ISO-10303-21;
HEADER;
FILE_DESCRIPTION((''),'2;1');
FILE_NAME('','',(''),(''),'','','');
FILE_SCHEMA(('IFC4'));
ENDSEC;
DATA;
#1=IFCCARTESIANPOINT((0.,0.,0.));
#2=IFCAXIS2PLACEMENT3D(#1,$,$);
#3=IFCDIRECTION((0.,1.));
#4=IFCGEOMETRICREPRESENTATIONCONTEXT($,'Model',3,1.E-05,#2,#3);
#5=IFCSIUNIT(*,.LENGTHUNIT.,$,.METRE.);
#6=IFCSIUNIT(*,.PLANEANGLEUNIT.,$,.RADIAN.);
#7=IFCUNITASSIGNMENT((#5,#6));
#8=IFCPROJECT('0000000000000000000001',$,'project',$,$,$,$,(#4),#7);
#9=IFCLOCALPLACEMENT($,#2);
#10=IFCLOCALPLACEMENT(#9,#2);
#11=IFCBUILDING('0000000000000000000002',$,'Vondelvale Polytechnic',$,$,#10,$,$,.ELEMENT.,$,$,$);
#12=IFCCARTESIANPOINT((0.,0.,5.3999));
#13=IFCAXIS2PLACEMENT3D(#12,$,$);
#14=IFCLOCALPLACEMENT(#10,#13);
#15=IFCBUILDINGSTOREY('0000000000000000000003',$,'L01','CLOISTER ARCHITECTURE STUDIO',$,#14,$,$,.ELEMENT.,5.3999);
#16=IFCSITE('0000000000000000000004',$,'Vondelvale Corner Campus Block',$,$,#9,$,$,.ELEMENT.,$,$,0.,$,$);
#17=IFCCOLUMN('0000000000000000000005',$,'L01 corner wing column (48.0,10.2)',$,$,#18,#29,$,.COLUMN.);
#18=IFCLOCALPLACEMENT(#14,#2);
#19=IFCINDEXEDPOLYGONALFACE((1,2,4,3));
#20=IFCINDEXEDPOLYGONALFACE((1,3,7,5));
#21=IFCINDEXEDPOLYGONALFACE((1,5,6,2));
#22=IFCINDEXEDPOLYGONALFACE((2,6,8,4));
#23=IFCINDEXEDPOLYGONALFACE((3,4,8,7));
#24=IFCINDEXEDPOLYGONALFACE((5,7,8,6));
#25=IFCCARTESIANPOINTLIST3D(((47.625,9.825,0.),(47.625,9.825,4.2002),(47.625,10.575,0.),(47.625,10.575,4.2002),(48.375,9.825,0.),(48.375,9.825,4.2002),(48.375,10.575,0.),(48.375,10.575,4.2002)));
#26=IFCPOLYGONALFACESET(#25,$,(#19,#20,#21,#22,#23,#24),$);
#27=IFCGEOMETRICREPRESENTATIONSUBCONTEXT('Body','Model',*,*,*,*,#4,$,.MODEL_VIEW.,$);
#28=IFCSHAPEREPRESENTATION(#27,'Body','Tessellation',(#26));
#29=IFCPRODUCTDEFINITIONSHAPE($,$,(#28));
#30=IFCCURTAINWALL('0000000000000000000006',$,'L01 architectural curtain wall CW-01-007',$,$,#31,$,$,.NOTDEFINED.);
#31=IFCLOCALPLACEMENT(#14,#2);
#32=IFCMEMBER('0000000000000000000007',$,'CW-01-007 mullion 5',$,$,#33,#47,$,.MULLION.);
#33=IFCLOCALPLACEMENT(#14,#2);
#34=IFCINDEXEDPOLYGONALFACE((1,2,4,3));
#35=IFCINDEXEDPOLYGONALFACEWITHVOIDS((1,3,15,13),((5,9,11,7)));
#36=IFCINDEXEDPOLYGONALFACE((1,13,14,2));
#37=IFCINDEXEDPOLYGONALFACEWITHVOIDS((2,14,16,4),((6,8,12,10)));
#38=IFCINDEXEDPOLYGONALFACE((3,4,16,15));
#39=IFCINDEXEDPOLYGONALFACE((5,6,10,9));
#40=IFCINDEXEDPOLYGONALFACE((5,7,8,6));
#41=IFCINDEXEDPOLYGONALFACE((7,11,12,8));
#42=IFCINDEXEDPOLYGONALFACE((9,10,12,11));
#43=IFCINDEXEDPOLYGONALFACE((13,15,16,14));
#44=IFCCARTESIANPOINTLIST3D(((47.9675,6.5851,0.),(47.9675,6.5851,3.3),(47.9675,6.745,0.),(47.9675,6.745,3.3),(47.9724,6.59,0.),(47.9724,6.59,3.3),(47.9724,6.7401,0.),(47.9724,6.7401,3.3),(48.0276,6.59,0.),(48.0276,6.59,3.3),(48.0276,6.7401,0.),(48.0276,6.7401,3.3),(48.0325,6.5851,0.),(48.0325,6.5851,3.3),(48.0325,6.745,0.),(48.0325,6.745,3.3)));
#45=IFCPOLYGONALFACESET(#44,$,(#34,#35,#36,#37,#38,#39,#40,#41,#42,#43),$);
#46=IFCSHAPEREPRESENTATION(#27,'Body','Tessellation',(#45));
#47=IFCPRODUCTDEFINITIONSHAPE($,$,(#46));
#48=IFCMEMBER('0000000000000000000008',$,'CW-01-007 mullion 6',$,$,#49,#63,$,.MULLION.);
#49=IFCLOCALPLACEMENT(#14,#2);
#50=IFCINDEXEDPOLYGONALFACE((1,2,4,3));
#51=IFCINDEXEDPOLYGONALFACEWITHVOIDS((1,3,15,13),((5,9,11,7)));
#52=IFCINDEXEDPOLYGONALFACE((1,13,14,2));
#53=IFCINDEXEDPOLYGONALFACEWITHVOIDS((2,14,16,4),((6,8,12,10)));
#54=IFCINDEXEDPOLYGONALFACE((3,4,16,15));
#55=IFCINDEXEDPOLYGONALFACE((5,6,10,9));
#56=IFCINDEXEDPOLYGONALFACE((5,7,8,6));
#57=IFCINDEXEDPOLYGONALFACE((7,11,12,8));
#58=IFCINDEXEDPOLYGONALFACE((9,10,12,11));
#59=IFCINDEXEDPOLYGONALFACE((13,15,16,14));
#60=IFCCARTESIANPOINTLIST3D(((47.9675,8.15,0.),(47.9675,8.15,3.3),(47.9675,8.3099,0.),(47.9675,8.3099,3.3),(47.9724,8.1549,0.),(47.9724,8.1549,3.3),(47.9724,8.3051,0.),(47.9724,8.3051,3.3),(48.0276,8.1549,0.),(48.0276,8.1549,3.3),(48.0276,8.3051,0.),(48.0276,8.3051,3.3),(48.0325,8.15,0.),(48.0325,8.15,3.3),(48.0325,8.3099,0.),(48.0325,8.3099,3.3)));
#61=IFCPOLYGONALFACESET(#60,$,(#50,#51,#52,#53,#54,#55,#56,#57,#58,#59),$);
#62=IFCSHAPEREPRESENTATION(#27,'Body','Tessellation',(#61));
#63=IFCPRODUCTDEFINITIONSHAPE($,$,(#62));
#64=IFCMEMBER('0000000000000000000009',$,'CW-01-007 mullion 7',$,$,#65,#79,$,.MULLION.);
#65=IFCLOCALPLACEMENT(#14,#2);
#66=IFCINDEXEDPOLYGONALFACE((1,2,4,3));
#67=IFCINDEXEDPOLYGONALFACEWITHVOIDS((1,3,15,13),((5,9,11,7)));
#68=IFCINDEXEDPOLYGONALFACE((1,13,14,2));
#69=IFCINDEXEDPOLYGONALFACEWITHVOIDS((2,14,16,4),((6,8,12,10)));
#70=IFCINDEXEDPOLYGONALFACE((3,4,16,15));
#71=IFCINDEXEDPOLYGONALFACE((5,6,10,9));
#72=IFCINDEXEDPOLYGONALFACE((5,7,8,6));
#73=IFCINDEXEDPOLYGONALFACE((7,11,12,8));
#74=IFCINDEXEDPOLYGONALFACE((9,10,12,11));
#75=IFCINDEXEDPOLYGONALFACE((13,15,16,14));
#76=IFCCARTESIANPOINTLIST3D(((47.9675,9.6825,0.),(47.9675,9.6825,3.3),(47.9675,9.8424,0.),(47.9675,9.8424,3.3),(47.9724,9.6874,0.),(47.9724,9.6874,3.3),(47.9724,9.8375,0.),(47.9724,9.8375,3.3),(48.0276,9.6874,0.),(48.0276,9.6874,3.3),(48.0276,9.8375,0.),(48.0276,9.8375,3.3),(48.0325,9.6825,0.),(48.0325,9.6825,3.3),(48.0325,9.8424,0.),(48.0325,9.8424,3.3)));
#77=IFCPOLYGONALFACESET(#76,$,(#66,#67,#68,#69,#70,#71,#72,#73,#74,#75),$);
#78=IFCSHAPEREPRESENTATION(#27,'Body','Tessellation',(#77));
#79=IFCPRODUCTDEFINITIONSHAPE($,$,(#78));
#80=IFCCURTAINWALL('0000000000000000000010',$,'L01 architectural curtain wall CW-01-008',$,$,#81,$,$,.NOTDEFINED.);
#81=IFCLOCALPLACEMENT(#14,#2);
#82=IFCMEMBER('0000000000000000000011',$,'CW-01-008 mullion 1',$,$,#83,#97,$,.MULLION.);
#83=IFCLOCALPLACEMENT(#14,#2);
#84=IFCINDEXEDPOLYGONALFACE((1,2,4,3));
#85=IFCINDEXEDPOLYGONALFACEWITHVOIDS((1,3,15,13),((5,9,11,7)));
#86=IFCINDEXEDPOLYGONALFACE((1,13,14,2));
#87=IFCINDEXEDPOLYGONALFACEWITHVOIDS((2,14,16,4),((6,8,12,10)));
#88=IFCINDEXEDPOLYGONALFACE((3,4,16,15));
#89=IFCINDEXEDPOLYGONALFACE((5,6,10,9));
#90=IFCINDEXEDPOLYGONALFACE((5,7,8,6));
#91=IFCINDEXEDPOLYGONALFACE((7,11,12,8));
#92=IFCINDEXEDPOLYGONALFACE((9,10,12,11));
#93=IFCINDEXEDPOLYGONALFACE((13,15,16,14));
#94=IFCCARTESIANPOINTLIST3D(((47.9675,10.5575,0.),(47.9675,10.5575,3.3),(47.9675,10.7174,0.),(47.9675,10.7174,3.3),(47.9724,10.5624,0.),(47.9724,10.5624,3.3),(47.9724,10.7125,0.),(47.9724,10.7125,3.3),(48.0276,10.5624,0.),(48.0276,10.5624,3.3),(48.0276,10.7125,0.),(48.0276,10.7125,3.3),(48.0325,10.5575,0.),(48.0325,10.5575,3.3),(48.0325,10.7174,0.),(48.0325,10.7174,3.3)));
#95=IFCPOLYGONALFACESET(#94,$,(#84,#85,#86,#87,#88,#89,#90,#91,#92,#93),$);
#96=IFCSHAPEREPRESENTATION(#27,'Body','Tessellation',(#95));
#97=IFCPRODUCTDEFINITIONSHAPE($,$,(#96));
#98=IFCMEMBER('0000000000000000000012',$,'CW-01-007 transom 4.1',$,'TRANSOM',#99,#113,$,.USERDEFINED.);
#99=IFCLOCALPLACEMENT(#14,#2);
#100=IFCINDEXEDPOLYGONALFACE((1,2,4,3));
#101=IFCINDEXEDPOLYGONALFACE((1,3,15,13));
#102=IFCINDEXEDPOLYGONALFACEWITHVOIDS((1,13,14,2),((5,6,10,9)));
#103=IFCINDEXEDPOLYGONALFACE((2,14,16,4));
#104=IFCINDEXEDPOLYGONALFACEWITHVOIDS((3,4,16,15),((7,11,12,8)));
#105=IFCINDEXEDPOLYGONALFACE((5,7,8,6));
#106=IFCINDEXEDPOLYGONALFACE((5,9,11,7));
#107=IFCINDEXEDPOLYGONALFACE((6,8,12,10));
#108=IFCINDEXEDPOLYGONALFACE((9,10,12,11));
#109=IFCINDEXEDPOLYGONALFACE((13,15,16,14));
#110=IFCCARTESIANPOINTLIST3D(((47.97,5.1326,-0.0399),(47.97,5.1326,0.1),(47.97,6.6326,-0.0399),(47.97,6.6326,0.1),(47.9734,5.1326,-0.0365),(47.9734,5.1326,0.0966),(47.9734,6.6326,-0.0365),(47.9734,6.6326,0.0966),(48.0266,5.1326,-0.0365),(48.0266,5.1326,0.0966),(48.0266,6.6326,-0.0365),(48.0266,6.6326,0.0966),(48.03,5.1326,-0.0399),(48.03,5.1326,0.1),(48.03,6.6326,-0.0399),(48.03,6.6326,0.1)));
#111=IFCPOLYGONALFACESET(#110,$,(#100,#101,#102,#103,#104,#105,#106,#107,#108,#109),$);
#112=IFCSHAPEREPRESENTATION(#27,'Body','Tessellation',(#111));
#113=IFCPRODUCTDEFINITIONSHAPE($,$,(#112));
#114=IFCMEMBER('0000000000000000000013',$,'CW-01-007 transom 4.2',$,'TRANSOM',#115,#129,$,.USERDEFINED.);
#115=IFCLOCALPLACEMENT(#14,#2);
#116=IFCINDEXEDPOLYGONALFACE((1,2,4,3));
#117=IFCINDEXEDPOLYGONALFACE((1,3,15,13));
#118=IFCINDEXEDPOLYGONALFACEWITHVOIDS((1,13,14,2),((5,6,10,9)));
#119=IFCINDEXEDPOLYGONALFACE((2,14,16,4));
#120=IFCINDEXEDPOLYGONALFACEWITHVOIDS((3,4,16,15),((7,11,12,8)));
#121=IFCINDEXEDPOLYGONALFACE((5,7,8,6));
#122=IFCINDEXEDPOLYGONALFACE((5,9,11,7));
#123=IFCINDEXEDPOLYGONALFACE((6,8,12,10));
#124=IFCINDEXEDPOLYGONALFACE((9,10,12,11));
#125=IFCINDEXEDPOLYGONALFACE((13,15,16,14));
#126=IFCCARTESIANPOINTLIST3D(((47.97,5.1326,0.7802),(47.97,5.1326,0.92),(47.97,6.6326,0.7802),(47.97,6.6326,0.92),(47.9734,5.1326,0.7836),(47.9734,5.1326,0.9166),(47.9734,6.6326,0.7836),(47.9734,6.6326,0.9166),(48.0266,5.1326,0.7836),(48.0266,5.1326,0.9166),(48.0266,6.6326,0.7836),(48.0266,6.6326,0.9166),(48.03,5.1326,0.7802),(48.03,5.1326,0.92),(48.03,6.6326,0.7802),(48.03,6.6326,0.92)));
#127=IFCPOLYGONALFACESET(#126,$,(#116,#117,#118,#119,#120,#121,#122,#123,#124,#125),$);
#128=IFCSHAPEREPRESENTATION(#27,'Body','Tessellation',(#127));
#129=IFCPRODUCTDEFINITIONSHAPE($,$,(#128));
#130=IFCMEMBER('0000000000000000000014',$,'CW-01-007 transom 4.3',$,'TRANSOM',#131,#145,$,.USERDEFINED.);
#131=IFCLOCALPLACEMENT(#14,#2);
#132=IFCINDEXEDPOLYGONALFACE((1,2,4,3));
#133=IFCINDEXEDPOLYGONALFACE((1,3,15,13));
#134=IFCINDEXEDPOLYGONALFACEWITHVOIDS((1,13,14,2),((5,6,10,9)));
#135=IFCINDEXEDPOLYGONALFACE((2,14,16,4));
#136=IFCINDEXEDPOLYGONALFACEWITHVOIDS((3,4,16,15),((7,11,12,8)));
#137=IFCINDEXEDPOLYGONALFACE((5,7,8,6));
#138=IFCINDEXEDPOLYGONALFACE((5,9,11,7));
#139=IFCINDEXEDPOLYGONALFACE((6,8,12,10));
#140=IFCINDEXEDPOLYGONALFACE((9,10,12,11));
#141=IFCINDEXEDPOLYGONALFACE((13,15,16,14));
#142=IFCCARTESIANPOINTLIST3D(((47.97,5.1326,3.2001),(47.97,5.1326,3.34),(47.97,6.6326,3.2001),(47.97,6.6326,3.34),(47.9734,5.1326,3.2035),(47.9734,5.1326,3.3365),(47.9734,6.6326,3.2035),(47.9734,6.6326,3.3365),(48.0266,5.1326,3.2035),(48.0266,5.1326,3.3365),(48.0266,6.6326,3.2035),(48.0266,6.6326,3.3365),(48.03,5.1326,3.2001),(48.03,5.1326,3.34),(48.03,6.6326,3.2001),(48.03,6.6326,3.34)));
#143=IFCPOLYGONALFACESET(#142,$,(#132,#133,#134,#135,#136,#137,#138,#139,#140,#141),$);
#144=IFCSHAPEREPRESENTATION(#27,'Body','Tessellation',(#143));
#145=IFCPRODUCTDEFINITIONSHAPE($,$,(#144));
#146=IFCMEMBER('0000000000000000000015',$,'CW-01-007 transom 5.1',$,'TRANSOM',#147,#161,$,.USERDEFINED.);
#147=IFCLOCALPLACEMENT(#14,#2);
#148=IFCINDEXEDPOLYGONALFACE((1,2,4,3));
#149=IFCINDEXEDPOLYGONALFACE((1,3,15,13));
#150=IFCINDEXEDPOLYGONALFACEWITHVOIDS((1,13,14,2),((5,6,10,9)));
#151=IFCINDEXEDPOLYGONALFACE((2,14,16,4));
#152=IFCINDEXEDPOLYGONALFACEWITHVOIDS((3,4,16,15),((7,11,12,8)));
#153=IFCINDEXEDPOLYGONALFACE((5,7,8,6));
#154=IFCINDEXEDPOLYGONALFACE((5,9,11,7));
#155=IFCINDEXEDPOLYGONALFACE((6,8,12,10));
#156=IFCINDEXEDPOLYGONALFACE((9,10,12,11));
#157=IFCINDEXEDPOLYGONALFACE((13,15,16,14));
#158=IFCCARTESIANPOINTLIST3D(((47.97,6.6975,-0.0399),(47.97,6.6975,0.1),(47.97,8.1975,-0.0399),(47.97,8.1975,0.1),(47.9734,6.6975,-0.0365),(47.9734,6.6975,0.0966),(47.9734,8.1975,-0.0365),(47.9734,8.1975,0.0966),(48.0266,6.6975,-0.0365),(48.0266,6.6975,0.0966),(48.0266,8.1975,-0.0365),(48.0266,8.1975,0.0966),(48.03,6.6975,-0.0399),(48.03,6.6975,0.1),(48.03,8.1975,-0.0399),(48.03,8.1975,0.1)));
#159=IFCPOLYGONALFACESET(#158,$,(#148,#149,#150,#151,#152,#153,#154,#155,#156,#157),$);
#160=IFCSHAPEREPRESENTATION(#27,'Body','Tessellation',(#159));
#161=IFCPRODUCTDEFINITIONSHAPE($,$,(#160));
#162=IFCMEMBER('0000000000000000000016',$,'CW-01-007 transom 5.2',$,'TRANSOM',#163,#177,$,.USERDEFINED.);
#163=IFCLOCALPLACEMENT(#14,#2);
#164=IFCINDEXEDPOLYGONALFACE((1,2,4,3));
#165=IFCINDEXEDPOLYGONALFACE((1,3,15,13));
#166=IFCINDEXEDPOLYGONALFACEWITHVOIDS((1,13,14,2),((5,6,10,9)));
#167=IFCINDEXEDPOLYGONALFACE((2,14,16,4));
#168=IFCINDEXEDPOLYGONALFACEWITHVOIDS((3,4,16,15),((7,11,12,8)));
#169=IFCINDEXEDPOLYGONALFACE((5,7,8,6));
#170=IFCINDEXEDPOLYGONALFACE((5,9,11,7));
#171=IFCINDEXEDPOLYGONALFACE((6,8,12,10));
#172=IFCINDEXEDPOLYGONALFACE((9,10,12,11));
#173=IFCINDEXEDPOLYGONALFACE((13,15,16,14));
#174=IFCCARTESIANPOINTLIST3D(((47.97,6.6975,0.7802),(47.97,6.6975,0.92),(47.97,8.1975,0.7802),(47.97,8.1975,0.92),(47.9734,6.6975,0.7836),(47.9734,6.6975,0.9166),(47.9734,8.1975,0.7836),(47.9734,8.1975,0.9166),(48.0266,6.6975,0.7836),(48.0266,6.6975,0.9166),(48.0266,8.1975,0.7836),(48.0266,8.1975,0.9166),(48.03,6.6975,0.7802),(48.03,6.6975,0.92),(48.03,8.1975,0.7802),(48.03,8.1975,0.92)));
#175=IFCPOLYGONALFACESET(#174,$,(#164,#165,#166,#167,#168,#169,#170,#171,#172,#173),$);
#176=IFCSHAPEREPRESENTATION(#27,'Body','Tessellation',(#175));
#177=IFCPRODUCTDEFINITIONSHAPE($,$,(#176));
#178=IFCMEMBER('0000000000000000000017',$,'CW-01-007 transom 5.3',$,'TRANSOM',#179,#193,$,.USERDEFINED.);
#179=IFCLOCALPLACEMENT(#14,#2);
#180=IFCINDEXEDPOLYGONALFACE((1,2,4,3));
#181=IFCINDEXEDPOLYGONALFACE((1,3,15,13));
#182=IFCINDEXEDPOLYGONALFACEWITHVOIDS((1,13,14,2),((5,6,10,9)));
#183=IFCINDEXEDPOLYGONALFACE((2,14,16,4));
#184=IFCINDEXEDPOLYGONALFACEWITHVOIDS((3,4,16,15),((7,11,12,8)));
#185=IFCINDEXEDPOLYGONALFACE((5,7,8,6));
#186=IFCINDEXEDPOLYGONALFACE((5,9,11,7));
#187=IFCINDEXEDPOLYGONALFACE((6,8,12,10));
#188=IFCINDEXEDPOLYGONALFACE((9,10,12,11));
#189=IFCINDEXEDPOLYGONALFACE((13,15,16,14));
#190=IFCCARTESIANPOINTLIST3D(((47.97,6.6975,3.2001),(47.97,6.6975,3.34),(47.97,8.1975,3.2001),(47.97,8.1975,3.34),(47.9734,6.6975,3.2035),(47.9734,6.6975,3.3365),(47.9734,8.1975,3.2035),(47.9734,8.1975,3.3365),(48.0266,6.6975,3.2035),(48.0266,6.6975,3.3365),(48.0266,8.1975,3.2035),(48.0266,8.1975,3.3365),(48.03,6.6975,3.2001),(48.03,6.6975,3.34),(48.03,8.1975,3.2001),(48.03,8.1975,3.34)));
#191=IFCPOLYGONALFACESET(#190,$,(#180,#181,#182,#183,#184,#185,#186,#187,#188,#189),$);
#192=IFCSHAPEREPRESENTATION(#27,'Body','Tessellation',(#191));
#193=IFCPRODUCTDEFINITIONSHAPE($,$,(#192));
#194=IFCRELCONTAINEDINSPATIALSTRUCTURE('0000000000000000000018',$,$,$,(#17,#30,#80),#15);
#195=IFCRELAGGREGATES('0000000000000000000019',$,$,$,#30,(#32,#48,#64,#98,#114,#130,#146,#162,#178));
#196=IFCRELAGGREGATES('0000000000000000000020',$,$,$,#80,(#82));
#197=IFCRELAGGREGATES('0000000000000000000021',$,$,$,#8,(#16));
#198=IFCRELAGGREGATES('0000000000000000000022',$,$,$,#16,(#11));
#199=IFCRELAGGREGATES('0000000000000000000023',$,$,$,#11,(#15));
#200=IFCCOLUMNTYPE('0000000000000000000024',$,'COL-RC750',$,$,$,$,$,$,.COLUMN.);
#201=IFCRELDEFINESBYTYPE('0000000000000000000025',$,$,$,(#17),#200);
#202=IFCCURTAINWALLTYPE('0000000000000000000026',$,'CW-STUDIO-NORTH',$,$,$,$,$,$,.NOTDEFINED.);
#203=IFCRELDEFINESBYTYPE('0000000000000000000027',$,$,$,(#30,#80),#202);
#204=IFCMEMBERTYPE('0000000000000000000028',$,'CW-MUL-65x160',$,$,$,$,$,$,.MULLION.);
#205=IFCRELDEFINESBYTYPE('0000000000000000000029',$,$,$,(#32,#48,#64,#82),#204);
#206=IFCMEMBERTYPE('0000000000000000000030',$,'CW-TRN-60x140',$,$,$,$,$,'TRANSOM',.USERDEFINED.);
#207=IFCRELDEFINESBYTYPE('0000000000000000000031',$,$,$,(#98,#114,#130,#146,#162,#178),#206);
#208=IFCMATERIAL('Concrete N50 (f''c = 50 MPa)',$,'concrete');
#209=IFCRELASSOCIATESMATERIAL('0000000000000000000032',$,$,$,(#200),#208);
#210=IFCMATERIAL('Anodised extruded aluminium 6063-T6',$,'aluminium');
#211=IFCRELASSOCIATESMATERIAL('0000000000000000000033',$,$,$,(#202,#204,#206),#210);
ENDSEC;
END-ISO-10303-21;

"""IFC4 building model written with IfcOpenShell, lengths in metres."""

from ifc_helpers import new_model, si_unit, direction, frame, origin, origin_2d, place, context, subcontext, project, spatial, rectangle, hollow_rectangle, extrude, material, material_profile, profile_set, type_object, element, aggregate, save


model = new_model("IFC4")

# Units and contexts
model_context = context("Model", 3, precision=1e-05, world=origin(), true_north=direction((0.0, 1.0)))
body_context = subcontext(model_context, "Body", "Model", "MODEL_VIEW")
ifc_project = project(units=[si_unit("LENGTHUNIT", "METRE"), si_unit("PLANEANGLEUNIT", "RADIAN")], contexts=[model_context])

# Site, building, storey
site_placement = place(None, origin())
site = spatial("IfcSite", under=ifc_project, at=site_placement, Name="Vondelvale Corner Campus Block", CompositionType="ELEMENT", RefElevation=0.0)
building_placement = place(site_placement, origin())
building = spatial("IfcBuilding", under=site, at=building_placement, Name="Vondelvale Polytechnic", CompositionType="ELEMENT")
storey_placement = place(building_placement, frame((0.0, 0.0, 5.3999)))
storey = spatial("IfcBuildingStorey", under=building, at=storey_placement, Name="L01", Description="CLOISTER ARCHITECTURE STUDIO", CompositionType="ELEMENT", Elevation=5.3999)

# Column
ifc_material_1 = material(Name="Concrete N50 (f'c = 50 MPa)", Category="concrete")
ifc_material_profile_1 = material_profile(ifc_material_1, rectangle(XDim=0.75, YDim=0.75, at=origin_2d()), Name="RC-COL-750x750")
ifc_profile_set_1 = profile_set([ifc_material_profile_1], Name="Concrete N50 (f'c = 50 MPa)")
column_type = type_object("IfcColumnType", Name="COL-RC750", PredefinedType="COLUMN", material=ifc_profile_set_1)
column_placement = place(storey_placement, frame((48.0, 10.2, 0.0), z_axis=(0.0, 0.0, 1.0), x_axis=(1.0, 0.0, 0.0)))
element("IfcColumn", 1, at=column_placement, inside=storey, type_object=column_type, Name="L01 corner wing column (48.0,10.2)", PredefinedType="COLUMN", context=body_context, shape_type="SweptSolid", body=[
    extrude(rectangle(XDim=0.75, YDim=0.75, at=origin_2d()), origin(), (0.0, 0.0, 1.0), 4.2002),
])

# Curtain wall, members
ifc_material_2 = material(Name="Anodised extruded aluminium 6063-T6", Category="aluminium")
curtain_wall_type = type_object("IfcCurtainWallType", Name="CW-STUDIO-NORTH", PredefinedType="NOTDEFINED", material=ifc_material_2)
curtain_wall_1_placement = place(storey_placement, origin())
curtain_wall_1 = element("IfcCurtainWall", 2, at=curtain_wall_1_placement, inside=storey, type_object=curtain_wall_type, Name="L01 architectural curtain wall CW-01-007", PredefinedType="NOTDEFINED")
ifc_material_profile_2 = material_profile(ifc_material_2, hollow_rectangle(XDim=0.0649, YDim=0.1599, WallThickness=0.0049, at=origin_2d()), Name="CW-MUL-160x65")
ifc_profile_set_2 = profile_set([ifc_material_profile_2], Name="Anodised extruded aluminium 6063-T6")
member_type_1 = type_object("IfcMemberType", Name="CW-MUL-65x160", PredefinedType="MULLION", material=ifc_profile_set_2)
member_1_placement = place(storey_placement, frame((48.0, 6.665, 0.0), z_axis=(0.0, 0.0, 1.0), x_axis=(-1.0, 0.0, 0.0)))
member_1 = element("IfcMember", 3, at=member_1_placement, type_object=member_type_1, Name="CW-01-007 mullion 5", PredefinedType="MULLION", context=body_context, shape_type="SweptSolid", body=[
    extrude(hollow_rectangle(XDim=0.0649, YDim=0.1599, WallThickness=0.0049, at=origin_2d()), origin(), (0.0, 0.0, 1.0), 3.3),
])
member_2_placement = place(storey_placement, frame((48.0, 8.23, 0.0), z_axis=(0.0, 0.0, 1.0), x_axis=(-1.0, 0.0, 0.0)))
member_2 = element("IfcMember", 4, at=member_2_placement, type_object=member_type_1, Name="CW-01-007 mullion 6", PredefinedType="MULLION", context=body_context, shape_type="SweptSolid", body=[
    extrude(hollow_rectangle(XDim=0.0649, YDim=0.1599, WallThickness=0.0049, at=origin_2d()), origin(), (0.0, 0.0, 1.0), 3.3),
])
member_3_placement = place(storey_placement, frame((48.0, 9.7625, 0.0), z_axis=(0.0, 0.0, 1.0), x_axis=(-1.0, 0.0, 0.0)))
member_3 = element("IfcMember", 5, at=member_3_placement, type_object=member_type_1, Name="CW-01-007 mullion 7", PredefinedType="MULLION", context=body_context, shape_type="SweptSolid", body=[
    extrude(hollow_rectangle(XDim=0.0649, YDim=0.1599, WallThickness=0.0049, at=origin_2d()), origin(), (0.0, 0.0, 1.0), 3.3),
])

# Curtain wall, member
curtain_wall_2_placement = place(storey_placement, origin())
curtain_wall_2 = element("IfcCurtainWall", 6, at=curtain_wall_2_placement, inside=storey, type_object=curtain_wall_type, Name="L01 architectural curtain wall CW-01-008", PredefinedType="NOTDEFINED")
member_4_placement = place(storey_placement, frame((48.0, 10.6375, 0.0), z_axis=(0.0, 0.0, 1.0), x_axis=(-1.0, 0.0, 0.0)))
member_4 = element("IfcMember", 7, at=member_4_placement, type_object=member_type_1, Name="CW-01-008 mullion 1", PredefinedType="MULLION", context=body_context, shape_type="SweptSolid", body=[
    extrude(hollow_rectangle(XDim=0.0649, YDim=0.1599, WallThickness=0.0049, at=origin_2d()), origin(), (0.0, 0.0, 1.0), 3.3),
])

# Members
ifc_material_profile_3 = material_profile(ifc_material_2, hollow_rectangle(XDim=0.0601, YDim=0.1399, WallThickness=0.0034, at=origin_2d()), Name="CW-TRN-140x60")
ifc_profile_set_3 = profile_set([ifc_material_profile_3], Name="Anodised extruded aluminium 6063-T6")
member_type_2 = type_object("IfcMemberType", Name="CW-TRN-60x140", ElementType="TRANSOM", PredefinedType="USERDEFINED", material=ifc_profile_set_3)
member_5_placement = place(storey_placement, frame((48.0, 5.1326, 0.03), z_axis=(0.0, 1.0, 0.0), x_axis=(-1.0, 0.0, 0.0)))
member_5 = element("IfcMember", 8, at=member_5_placement, type_object=member_type_2, Name="CW-01-007 transom 4.1", ObjectType="TRANSOM", PredefinedType="USERDEFINED", context=body_context, shape_type="SweptSolid", body=[
    extrude(hollow_rectangle(XDim=0.0601, YDim=0.1399, WallThickness=0.0034, at=origin_2d()), origin(), (0.0, 0.0, 1.0), 1.5),
])
member_6_placement = place(storey_placement, frame((48.0, 5.1326, 0.8501), z_axis=(0.0, 1.0, 0.0), x_axis=(-1.0, 0.0, 0.0)))
member_6 = element("IfcMember", 9, at=member_6_placement, type_object=member_type_2, Name="CW-01-007 transom 4.2", ObjectType="TRANSOM", PredefinedType="USERDEFINED", context=body_context, shape_type="SweptSolid", body=[
    extrude(hollow_rectangle(XDim=0.0601, YDim=0.1399, WallThickness=0.0034, at=origin_2d()), origin(), (0.0, 0.0, 1.0), 1.5),
])
member_7_placement = place(storey_placement, frame((48.0, 5.1326, 3.27), z_axis=(0.0, 1.0, 0.0), x_axis=(-1.0, 0.0, 0.0)))
member_7 = element("IfcMember", 10, at=member_7_placement, type_object=member_type_2, Name="CW-01-007 transom 4.3", ObjectType="TRANSOM", PredefinedType="USERDEFINED", context=body_context, shape_type="SweptSolid", body=[
    extrude(hollow_rectangle(XDim=0.0601, YDim=0.1399, WallThickness=0.0034, at=origin_2d()), origin(), (0.0, 0.0, 1.0), 1.5),
])
member_8_placement = place(storey_placement, frame((48.0, 6.6975, 0.03), z_axis=(0.0, 1.0, 0.0), x_axis=(-1.0, 0.0, 0.0)))
member_8 = element("IfcMember", 11, at=member_8_placement, type_object=member_type_2, Name="CW-01-007 transom 5.1", ObjectType="TRANSOM", PredefinedType="USERDEFINED", context=body_context, shape_type="SweptSolid", body=[
    extrude(hollow_rectangle(XDim=0.0601, YDim=0.1399, WallThickness=0.0034, at=origin_2d()), origin(), (0.0, 0.0, 1.0), 1.5),
])
member_9_placement = place(storey_placement, frame((48.0, 6.6975, 0.8501), z_axis=(0.0, 1.0, 0.0), x_axis=(-1.0, 0.0, 0.0)))
member_9 = element("IfcMember", 12, at=member_9_placement, type_object=member_type_2, Name="CW-01-007 transom 5.2", ObjectType="TRANSOM", PredefinedType="USERDEFINED", context=body_context, shape_type="SweptSolid", body=[
    extrude(hollow_rectangle(XDim=0.0601, YDim=0.1399, WallThickness=0.0034, at=origin_2d()), origin(), (0.0, 0.0, 1.0), 1.5),
])
member_10_placement = place(storey_placement, frame((48.0, 6.6975, 3.27), z_axis=(0.0, 1.0, 0.0), x_axis=(-1.0, 0.0, 0.0)))
member_10 = element("IfcMember", 13, at=member_10_placement, type_object=member_type_2, Name="CW-01-007 transom 5.3", ObjectType="TRANSOM", PredefinedType="USERDEFINED", context=body_context, shape_type="SweptSolid", body=[
    extrude(hollow_rectangle(XDim=0.0601, YDim=0.1399, WallThickness=0.0034, at=origin_2d()), origin(), (0.0, 0.0, 1.0), 1.5),
])

aggregate(curtain_wall_1, [member_1, member_2, member_3, member_5, member_6, member_7, member_8, member_9, member_10])
aggregate(curtain_wall_2, [member_4])

save(model, "model.ifc")
